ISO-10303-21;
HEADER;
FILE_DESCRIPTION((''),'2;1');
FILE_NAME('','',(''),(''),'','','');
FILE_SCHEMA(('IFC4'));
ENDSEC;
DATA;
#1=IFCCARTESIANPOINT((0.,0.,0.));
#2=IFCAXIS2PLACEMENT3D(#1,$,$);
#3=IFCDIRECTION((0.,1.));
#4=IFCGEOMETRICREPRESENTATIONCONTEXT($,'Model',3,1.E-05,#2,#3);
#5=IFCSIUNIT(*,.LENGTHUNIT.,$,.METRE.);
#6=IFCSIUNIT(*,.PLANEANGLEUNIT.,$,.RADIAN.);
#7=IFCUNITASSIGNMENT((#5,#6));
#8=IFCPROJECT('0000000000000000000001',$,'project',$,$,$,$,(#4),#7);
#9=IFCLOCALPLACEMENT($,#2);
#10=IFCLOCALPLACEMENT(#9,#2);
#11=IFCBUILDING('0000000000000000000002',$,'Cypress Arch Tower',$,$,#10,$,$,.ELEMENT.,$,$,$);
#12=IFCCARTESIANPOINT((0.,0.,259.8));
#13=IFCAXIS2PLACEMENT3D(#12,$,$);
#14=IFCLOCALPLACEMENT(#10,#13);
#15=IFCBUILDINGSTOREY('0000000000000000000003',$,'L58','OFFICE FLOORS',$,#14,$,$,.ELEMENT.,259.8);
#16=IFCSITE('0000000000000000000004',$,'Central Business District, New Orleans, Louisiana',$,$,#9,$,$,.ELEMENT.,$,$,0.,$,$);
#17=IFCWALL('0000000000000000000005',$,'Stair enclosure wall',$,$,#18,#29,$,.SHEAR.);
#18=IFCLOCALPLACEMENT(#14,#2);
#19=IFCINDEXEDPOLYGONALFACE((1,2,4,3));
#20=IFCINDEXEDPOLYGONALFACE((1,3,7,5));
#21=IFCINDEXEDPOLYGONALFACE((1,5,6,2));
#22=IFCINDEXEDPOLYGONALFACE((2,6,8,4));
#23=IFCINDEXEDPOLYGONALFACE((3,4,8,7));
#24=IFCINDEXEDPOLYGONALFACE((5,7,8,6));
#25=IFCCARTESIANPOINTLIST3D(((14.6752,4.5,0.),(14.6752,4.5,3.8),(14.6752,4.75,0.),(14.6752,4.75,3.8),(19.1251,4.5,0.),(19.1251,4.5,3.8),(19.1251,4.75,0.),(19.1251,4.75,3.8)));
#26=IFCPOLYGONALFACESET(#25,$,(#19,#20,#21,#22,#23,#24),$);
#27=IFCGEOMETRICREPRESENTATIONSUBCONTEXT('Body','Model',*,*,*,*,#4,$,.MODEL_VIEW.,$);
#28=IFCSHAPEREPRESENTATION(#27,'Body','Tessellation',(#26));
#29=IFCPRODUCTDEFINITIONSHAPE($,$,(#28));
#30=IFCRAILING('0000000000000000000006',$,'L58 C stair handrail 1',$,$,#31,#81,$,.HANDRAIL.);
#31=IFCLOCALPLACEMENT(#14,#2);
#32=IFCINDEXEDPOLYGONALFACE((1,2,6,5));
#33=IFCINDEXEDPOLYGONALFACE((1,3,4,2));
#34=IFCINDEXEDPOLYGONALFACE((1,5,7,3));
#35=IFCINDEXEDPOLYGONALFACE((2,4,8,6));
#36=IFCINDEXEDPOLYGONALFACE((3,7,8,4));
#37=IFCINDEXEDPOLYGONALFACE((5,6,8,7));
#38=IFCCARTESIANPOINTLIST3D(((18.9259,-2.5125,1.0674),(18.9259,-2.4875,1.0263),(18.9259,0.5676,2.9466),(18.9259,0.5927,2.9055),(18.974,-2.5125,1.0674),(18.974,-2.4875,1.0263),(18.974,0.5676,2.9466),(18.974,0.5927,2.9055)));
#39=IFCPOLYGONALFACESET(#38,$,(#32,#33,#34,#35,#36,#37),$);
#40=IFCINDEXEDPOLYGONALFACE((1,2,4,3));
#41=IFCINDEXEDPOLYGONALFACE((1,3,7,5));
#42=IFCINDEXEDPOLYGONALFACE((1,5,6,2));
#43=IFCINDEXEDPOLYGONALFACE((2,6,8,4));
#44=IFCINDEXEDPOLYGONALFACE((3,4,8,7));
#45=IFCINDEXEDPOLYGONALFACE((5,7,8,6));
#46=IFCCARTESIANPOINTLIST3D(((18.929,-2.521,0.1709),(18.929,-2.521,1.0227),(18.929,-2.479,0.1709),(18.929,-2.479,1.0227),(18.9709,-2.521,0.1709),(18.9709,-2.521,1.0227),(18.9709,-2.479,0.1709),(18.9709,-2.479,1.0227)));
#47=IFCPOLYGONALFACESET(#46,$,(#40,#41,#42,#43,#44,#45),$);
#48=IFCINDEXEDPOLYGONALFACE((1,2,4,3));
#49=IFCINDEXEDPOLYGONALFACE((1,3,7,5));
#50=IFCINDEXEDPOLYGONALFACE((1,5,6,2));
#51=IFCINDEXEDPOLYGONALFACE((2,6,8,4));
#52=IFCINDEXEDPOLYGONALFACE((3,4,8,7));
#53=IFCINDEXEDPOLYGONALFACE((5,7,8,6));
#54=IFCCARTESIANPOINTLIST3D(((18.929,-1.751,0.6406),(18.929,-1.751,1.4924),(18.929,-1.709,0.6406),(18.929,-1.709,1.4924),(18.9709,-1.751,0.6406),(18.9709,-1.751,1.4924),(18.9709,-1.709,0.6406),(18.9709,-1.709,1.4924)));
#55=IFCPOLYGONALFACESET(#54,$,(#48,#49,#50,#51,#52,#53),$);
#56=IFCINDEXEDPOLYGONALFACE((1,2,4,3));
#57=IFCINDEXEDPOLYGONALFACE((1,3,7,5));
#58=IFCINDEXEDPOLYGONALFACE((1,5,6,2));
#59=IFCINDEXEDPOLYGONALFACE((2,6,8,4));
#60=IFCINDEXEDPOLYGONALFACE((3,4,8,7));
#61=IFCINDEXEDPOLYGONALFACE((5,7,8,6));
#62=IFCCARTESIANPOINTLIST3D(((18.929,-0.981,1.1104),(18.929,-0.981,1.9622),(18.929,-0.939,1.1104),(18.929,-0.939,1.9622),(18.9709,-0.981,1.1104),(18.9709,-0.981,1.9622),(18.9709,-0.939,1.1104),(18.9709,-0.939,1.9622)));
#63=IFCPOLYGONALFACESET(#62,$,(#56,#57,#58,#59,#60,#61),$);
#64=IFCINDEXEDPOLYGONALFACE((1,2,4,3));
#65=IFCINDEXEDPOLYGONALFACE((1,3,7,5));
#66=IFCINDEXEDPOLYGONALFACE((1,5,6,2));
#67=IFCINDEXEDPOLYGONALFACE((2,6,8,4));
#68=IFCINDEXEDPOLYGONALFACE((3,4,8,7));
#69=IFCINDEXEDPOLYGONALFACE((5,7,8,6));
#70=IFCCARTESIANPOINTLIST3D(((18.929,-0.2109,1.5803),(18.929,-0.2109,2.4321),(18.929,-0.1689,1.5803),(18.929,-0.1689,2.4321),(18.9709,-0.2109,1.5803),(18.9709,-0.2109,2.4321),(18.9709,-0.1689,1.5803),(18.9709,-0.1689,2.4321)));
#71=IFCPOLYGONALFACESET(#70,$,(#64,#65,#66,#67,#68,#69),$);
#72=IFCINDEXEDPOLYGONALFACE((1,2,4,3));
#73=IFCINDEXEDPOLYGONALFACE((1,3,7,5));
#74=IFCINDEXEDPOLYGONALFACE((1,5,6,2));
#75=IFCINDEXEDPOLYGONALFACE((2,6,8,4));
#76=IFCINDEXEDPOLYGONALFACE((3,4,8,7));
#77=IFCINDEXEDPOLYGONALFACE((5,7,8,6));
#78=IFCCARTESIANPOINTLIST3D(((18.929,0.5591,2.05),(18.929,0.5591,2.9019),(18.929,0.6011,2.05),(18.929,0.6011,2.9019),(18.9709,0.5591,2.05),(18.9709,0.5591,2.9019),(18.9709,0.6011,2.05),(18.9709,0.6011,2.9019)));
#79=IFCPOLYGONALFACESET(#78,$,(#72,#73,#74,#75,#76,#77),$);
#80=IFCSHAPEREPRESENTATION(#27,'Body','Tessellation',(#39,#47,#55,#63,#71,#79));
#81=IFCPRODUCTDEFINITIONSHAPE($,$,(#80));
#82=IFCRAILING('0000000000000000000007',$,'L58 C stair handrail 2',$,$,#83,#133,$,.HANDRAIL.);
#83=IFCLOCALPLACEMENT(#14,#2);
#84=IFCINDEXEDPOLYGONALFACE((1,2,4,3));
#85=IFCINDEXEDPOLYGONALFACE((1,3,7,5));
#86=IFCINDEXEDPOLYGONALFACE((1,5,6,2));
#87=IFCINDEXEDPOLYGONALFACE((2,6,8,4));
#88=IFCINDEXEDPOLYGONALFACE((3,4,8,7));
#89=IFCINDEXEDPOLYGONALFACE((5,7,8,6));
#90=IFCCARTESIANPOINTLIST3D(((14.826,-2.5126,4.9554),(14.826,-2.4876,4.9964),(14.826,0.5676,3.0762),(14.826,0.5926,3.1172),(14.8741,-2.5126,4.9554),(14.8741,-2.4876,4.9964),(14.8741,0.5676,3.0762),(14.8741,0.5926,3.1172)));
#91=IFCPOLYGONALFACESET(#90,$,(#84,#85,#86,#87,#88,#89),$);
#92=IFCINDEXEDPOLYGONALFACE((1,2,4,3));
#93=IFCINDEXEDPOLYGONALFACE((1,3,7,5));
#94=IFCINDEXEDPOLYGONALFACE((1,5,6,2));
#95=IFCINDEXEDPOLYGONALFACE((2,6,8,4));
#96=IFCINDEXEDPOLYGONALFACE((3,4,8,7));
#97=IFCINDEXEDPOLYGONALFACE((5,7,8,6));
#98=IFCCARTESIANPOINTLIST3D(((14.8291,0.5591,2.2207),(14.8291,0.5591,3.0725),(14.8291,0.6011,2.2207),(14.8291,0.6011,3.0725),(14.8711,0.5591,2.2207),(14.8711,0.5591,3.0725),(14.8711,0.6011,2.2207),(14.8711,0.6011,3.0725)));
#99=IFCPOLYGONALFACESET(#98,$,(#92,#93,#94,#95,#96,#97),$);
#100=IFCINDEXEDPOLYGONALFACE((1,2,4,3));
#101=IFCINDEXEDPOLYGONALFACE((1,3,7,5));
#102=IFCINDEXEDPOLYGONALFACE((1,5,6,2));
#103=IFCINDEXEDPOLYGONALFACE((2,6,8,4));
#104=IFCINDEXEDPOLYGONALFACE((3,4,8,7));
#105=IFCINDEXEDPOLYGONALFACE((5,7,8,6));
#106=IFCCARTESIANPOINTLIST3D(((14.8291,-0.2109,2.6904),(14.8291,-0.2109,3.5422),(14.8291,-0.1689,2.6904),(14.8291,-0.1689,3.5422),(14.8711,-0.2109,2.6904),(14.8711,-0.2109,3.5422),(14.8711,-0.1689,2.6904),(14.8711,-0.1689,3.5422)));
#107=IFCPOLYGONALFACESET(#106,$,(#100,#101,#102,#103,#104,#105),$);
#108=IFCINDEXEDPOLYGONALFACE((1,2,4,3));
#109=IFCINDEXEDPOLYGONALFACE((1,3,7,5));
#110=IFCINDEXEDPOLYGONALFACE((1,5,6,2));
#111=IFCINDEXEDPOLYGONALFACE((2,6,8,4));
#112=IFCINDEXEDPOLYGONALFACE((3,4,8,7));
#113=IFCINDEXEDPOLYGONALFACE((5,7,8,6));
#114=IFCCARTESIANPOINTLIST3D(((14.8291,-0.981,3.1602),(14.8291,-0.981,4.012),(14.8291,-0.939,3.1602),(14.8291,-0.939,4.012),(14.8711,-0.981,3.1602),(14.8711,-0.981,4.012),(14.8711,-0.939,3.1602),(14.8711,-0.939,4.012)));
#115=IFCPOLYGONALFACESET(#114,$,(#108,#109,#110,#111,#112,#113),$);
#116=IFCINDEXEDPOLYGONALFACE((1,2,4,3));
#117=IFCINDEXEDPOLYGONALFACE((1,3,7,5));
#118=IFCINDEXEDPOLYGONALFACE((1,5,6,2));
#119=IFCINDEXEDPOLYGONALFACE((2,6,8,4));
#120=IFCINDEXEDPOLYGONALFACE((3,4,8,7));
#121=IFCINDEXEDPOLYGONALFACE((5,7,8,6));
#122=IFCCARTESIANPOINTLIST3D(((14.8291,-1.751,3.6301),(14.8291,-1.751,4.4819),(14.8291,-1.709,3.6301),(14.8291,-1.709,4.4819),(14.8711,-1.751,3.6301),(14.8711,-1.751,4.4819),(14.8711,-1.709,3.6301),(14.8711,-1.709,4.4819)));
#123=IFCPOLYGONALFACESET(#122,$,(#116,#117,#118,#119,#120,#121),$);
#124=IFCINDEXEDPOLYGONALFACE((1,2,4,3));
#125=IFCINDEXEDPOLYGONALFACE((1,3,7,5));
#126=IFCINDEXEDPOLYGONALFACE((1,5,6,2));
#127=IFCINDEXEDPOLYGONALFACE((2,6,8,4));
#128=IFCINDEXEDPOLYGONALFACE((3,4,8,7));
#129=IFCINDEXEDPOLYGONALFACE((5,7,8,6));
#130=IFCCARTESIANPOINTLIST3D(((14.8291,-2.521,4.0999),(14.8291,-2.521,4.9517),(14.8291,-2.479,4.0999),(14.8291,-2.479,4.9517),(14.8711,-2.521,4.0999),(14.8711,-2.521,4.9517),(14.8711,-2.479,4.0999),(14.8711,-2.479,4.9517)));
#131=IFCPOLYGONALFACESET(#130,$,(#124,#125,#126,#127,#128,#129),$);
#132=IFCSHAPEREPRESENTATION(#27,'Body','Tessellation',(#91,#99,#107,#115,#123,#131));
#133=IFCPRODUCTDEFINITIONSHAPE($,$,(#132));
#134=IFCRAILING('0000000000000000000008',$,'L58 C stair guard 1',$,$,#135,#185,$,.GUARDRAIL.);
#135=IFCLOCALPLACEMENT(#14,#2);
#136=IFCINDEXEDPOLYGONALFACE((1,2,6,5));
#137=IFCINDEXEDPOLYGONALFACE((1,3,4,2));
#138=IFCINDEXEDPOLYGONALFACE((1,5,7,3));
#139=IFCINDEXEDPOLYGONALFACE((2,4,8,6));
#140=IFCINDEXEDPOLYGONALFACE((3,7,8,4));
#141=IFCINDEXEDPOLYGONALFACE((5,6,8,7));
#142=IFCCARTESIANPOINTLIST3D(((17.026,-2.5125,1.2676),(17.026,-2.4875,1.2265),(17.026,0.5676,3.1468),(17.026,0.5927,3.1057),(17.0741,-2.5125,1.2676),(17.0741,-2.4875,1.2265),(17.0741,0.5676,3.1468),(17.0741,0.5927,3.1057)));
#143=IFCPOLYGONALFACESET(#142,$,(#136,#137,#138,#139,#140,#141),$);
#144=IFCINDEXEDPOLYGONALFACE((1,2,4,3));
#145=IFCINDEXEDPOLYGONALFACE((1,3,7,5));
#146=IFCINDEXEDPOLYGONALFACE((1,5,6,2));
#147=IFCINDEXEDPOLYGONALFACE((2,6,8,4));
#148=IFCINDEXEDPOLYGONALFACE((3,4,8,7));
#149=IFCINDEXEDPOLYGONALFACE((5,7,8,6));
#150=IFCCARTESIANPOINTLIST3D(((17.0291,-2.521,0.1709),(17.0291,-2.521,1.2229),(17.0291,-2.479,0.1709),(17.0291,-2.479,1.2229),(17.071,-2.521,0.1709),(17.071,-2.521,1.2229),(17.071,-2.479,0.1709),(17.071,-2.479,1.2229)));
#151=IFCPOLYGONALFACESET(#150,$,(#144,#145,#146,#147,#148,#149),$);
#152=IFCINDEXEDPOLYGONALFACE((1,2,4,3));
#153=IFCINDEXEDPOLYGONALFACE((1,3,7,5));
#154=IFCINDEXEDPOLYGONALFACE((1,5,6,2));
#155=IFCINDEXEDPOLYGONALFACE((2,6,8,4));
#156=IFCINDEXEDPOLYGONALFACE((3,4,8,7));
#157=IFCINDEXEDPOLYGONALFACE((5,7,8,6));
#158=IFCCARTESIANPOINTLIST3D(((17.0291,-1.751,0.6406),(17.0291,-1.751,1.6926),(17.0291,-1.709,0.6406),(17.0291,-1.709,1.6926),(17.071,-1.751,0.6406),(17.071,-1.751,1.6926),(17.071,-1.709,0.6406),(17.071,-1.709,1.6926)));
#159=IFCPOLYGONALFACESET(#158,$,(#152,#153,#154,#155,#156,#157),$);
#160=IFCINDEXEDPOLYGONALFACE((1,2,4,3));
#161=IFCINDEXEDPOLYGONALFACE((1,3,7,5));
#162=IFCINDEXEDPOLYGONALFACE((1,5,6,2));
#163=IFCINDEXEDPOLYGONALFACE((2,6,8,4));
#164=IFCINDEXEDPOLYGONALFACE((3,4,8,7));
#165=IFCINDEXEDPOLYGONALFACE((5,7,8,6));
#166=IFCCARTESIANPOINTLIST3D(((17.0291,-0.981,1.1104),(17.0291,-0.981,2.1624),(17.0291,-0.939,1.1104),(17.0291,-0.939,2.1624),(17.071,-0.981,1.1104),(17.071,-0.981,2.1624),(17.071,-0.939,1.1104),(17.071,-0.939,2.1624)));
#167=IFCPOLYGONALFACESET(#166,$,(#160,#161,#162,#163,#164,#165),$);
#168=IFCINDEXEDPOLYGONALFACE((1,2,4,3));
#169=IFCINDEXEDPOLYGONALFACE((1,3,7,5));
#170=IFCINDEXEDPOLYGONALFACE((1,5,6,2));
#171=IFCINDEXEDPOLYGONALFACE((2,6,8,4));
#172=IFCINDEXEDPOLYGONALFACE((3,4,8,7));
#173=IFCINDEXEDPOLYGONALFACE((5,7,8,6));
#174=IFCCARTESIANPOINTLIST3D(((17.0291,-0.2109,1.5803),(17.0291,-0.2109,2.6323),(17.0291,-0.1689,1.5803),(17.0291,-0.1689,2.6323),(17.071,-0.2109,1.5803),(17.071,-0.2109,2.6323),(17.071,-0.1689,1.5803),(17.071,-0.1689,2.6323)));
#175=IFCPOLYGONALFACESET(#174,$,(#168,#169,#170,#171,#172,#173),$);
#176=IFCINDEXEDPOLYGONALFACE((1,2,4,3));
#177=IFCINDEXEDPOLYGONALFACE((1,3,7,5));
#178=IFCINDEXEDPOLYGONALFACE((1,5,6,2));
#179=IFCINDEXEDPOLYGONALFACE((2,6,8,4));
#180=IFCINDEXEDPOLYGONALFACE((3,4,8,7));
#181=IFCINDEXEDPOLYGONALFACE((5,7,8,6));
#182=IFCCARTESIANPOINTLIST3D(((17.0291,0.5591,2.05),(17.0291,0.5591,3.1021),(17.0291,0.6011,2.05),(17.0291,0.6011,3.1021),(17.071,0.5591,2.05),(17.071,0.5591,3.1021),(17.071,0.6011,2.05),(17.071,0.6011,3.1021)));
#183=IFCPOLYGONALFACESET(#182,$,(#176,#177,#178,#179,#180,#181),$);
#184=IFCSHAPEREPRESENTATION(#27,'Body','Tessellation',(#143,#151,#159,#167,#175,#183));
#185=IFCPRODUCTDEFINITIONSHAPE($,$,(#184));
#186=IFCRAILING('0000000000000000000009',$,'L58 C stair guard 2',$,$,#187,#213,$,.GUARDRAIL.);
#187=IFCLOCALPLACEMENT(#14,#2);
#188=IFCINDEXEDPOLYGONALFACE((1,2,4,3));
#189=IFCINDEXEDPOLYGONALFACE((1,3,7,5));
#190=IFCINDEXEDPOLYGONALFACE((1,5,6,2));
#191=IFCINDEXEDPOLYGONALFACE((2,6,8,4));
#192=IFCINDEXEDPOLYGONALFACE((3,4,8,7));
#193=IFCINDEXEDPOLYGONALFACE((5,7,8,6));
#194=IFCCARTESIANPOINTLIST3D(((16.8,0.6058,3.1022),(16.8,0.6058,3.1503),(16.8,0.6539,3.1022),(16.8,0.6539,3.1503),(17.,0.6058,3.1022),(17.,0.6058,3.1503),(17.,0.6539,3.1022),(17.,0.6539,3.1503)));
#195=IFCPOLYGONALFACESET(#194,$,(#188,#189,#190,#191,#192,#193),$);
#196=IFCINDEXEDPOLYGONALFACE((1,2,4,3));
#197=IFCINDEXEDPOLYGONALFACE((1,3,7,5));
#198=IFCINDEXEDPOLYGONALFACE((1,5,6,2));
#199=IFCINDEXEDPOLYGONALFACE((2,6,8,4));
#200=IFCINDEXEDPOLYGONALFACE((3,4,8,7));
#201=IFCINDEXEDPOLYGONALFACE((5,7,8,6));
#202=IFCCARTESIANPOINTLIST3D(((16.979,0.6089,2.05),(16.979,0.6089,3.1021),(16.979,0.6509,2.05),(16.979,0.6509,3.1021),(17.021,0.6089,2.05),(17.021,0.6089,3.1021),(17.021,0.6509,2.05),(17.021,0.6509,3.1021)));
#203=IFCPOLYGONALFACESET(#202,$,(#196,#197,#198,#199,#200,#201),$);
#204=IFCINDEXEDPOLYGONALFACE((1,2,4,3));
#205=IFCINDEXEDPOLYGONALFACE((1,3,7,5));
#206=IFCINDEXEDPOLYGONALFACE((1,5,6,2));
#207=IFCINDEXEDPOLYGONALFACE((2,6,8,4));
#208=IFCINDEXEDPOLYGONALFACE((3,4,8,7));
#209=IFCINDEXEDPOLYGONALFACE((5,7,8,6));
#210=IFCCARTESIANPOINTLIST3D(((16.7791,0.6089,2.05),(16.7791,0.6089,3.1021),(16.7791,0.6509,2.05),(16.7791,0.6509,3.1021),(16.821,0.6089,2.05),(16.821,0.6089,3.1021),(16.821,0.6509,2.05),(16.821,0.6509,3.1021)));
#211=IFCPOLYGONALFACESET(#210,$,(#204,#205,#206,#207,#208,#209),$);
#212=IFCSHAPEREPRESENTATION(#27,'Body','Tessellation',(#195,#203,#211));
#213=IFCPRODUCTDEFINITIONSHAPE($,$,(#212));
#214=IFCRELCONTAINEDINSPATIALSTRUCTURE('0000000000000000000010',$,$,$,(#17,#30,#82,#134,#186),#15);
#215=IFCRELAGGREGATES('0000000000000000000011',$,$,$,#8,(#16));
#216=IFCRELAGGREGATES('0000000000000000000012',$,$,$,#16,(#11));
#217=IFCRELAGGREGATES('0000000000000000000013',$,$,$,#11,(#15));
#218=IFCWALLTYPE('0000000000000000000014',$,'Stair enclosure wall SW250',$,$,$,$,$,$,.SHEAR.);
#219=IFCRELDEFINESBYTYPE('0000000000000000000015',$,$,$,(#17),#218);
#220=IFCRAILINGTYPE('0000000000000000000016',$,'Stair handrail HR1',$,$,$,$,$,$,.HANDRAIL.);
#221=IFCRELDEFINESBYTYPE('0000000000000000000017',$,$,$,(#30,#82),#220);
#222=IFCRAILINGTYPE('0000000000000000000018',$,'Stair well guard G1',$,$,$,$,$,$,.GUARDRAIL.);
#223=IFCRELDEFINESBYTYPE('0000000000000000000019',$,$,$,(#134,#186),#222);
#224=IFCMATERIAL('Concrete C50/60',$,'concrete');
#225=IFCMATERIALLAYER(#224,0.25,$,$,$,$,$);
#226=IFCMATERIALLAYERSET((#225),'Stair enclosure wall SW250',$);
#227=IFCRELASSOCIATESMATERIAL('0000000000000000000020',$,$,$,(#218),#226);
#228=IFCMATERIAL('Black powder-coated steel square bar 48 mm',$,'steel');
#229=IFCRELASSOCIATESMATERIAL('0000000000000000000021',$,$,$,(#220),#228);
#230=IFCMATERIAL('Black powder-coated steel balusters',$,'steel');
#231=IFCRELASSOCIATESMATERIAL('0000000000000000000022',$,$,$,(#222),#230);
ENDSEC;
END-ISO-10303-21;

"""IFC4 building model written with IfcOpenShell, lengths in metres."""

from ifc_helpers import new_model, si_unit, direction, frame, frame_2d, origin, origin_2d, place, context, subcontext, project, spatial, rectangle, extrude, material, layer, layer_set, type_object, element, save


model = new_model("IFC4")

# Units and contexts
model_context = context("Model", 3, precision=1e-05, world=origin(), true_north=direction((0.0, 1.0)))
body_context = subcontext(model_context, "Body", "Model", "MODEL_VIEW")
ifc_project = project(units=[si_unit("LENGTHUNIT", "METRE"), si_unit("PLANEANGLEUNIT", "RADIAN")], contexts=[model_context])

# Site, building, storey
site_placement = place(None, origin())
site = spatial("IfcSite", under=ifc_project, at=site_placement, Name="Central Business District, New Orleans, Louisiana", CompositionType="ELEMENT", RefElevation=0.0)
building_placement = place(site_placement, origin())
building = spatial("IfcBuilding", under=site, at=building_placement, Name="Cypress Arch Tower", CompositionType="ELEMENT")
storey_placement = place(building_placement, frame((0.0, 0.0, 259.8)))
storey = spatial("IfcBuildingStorey", under=building, at=storey_placement, Name="L58", Description="OFFICE FLOORS", CompositionType="ELEMENT", Elevation=259.8)

# Wall
ifc_material_1 = material(Name="Concrete C50/60", Category="concrete")
ifc_layer_1 = layer(ifc_material_1, 0.25)
ifc_layer_set_1 = layer_set([ifc_layer_1], Name="Stair enclosure wall SW250")
wall_type_1 = type_object("IfcWallType", Name="Stair enclosure wall SW250", PredefinedType="SHEAR", material=ifc_layer_set_1)
wall_1_placement = place(storey_placement, frame((14.675, 4.625, 0.0), z_axis=(0.0, 0.0, 1.0), x_axis=(1.0, 0.0, 0.0)))
element("IfcWall", 1, at=wall_1_placement, inside=storey, type_object=wall_type_1, Name="Stair enclosure wall", PredefinedType="SHEAR", context=body_context, shape_type="SweptSolid", body=[
    extrude(rectangle(XDim=4.45, YDim=0.25, at=frame_2d((2.2251, 0.0))), origin(), (0.0, 0.0, 1.0), 3.8),
])

# Railings
ifc_material_2 = material(Name="Black powder-coated steel square bar 48 mm", Category="steel")
railing_type_1 = type_object("IfcRailingType", Name="Stair handrail HR1", PredefinedType="HANDRAIL", material=ifc_material_2)
railing_1_placement = place(storey_placement, frame((18.95, -2.5, 0.1709)))
element("IfcRailing", 2, at=railing_1_placement, inside=storey, type_object=railing_type_1, Name="L58 C stair handrail 1", PredefinedType="HANDRAIL", context=body_context, shape_type="SweptSolid", body=[
    extrude(rectangle(XDim=0.0481, YDim=0.0481, at=origin_2d()), frame((0.0, 0.0, 0.876), z_axis=(0.0, 0.853666, 0.52082), x_axis=(-1.0, 0.0, 0.0)), (0.0, 0.0, 1.0), 3.6082),
    extrude(rectangle(XDim=0.042, YDim=0.042, at=origin_2d()), origin(), (0.0, 0.0, 1.0), 0.8518),
    extrude(rectangle(XDim=0.042, YDim=0.042, at=origin_2d()), frame((0.0, 0.77, 0.4697)), (0.0, 0.0, 1.0), 0.8518),
    extrude(rectangle(XDim=0.042, YDim=0.042, at=origin_2d()), frame((0.0, 1.54, 0.9395)), (0.0, 0.0, 1.0), 0.8518),
    extrude(rectangle(XDim=0.042, YDim=0.042, at=origin_2d()), frame((0.0, 2.3101, 1.4094)), (0.0, 0.0, 1.0), 0.8518),
    extrude(rectangle(XDim=0.042, YDim=0.042, at=origin_2d()), frame((0.0, 3.0801, 1.8792)), (0.0, 0.0, 1.0), 0.8518),
])
railing_2_placement = place(storey_placement, frame((14.8501, 0.5801, 2.2207)))
element("IfcRailing", 3, at=railing_2_placement, inside=storey, type_object=railing_type_1, Name="L58 C stair handrail 2", PredefinedType="HANDRAIL", context=body_context, shape_type="SweptSolid", body=[
    extrude(rectangle(XDim=0.0481, YDim=0.0481, at=origin_2d()), frame((0.0, 0.0, 0.876), z_axis=(0.0, -0.853666, 0.52082), x_axis=(1.0, 0.0, 0.0)), (0.0, 0.0, 1.0), 3.6082),
    extrude(rectangle(XDim=0.042, YDim=0.042, at=origin_2d()), origin(), (0.0, 0.0, 1.0), 0.8518),
    extrude(rectangle(XDim=0.042, YDim=0.042, at=origin_2d()), frame((0.0, -0.77, 0.4697)), (0.0, 0.0, 1.0), 0.8518),
    extrude(rectangle(XDim=0.042, YDim=0.042, at=origin_2d()), frame((0.0, -1.54, 0.9395)), (0.0, 0.0, 1.0), 0.8518),
    extrude(rectangle(XDim=0.042, YDim=0.042, at=origin_2d()), frame((0.0, -2.3101, 1.4094)), (0.0, 0.0, 1.0), 0.8518),
    extrude(rectangle(XDim=0.042, YDim=0.042, at=origin_2d()), frame((0.0, -3.0801, 1.8792)), (0.0, 0.0, 1.0), 0.8518),
])
ifc_material_3 = material(Name="Black powder-coated steel balusters", Category="steel")
railing_type_2 = type_object("IfcRailingType", Name="Stair well guard G1", PredefinedType="GUARDRAIL", material=ifc_material_3)
railing_3_placement = place(storey_placement, frame((17.05, -2.5, 0.1709)))
element("IfcRailing", 4, at=railing_3_placement, inside=storey, type_object=railing_type_2, Name="L58 C stair guard 1", PredefinedType="GUARDRAIL", context=body_context, shape_type="SweptSolid", body=[
    extrude(rectangle(XDim=0.0481, YDim=0.0481, at=origin_2d()), frame((0.0, 0.0, 1.0762), z_axis=(0.0, 0.853666, 0.52082), x_axis=(-1.0, 0.0, 0.0)), (0.0, 0.0, 1.0), 3.6082),
    extrude(rectangle(XDim=0.042, YDim=0.042, at=origin_2d()), origin(), (0.0, 0.0, 1.0), 1.052),
    extrude(rectangle(XDim=0.042, YDim=0.042, at=origin_2d()), frame((0.0, 0.77, 0.4697)), (0.0, 0.0, 1.0), 1.052),
    extrude(rectangle(XDim=0.042, YDim=0.042, at=origin_2d()), frame((0.0, 1.54, 0.9395)), (0.0, 0.0, 1.0), 1.052),
    extrude(rectangle(XDim=0.042, YDim=0.042, at=origin_2d()), frame((0.0, 2.3101, 1.4094)), (0.0, 0.0, 1.0), 1.052),
    extrude(rectangle(XDim=0.042, YDim=0.042, at=origin_2d()), frame((0.0, 3.0801, 1.8792)), (0.0, 0.0, 1.0), 1.052),
])
railing_4_placement = place(storey_placement, frame((17.0, 0.6299, 2.05)))
element("IfcRailing", 5, at=railing_4_placement, inside=storey, type_object=railing_type_2, Name="L58 C stair guard 2", PredefinedType="GUARDRAIL", context=body_context, shape_type="SweptSolid", body=[
    extrude(rectangle(XDim=0.0481, YDim=0.0481, at=origin_2d()), frame((0.0, 0.0, 1.0762), z_axis=(-1.0, 0.0, 0.0), x_axis=(0.0, -1.0, 0.0)), (0.0, 0.0, 1.0), 0.2),
    extrude(rectangle(XDim=0.042, YDim=0.042, at=origin_2d()), origin(), (0.0, 0.0, 1.0), 1.052),
    extrude(rectangle(XDim=0.042, YDim=0.042, at=origin_2d()), frame((-0.2, 0.0, 0.0)), (0.0, 0.0, 1.0), 1.052),
])

save(model, "model.ifc")
